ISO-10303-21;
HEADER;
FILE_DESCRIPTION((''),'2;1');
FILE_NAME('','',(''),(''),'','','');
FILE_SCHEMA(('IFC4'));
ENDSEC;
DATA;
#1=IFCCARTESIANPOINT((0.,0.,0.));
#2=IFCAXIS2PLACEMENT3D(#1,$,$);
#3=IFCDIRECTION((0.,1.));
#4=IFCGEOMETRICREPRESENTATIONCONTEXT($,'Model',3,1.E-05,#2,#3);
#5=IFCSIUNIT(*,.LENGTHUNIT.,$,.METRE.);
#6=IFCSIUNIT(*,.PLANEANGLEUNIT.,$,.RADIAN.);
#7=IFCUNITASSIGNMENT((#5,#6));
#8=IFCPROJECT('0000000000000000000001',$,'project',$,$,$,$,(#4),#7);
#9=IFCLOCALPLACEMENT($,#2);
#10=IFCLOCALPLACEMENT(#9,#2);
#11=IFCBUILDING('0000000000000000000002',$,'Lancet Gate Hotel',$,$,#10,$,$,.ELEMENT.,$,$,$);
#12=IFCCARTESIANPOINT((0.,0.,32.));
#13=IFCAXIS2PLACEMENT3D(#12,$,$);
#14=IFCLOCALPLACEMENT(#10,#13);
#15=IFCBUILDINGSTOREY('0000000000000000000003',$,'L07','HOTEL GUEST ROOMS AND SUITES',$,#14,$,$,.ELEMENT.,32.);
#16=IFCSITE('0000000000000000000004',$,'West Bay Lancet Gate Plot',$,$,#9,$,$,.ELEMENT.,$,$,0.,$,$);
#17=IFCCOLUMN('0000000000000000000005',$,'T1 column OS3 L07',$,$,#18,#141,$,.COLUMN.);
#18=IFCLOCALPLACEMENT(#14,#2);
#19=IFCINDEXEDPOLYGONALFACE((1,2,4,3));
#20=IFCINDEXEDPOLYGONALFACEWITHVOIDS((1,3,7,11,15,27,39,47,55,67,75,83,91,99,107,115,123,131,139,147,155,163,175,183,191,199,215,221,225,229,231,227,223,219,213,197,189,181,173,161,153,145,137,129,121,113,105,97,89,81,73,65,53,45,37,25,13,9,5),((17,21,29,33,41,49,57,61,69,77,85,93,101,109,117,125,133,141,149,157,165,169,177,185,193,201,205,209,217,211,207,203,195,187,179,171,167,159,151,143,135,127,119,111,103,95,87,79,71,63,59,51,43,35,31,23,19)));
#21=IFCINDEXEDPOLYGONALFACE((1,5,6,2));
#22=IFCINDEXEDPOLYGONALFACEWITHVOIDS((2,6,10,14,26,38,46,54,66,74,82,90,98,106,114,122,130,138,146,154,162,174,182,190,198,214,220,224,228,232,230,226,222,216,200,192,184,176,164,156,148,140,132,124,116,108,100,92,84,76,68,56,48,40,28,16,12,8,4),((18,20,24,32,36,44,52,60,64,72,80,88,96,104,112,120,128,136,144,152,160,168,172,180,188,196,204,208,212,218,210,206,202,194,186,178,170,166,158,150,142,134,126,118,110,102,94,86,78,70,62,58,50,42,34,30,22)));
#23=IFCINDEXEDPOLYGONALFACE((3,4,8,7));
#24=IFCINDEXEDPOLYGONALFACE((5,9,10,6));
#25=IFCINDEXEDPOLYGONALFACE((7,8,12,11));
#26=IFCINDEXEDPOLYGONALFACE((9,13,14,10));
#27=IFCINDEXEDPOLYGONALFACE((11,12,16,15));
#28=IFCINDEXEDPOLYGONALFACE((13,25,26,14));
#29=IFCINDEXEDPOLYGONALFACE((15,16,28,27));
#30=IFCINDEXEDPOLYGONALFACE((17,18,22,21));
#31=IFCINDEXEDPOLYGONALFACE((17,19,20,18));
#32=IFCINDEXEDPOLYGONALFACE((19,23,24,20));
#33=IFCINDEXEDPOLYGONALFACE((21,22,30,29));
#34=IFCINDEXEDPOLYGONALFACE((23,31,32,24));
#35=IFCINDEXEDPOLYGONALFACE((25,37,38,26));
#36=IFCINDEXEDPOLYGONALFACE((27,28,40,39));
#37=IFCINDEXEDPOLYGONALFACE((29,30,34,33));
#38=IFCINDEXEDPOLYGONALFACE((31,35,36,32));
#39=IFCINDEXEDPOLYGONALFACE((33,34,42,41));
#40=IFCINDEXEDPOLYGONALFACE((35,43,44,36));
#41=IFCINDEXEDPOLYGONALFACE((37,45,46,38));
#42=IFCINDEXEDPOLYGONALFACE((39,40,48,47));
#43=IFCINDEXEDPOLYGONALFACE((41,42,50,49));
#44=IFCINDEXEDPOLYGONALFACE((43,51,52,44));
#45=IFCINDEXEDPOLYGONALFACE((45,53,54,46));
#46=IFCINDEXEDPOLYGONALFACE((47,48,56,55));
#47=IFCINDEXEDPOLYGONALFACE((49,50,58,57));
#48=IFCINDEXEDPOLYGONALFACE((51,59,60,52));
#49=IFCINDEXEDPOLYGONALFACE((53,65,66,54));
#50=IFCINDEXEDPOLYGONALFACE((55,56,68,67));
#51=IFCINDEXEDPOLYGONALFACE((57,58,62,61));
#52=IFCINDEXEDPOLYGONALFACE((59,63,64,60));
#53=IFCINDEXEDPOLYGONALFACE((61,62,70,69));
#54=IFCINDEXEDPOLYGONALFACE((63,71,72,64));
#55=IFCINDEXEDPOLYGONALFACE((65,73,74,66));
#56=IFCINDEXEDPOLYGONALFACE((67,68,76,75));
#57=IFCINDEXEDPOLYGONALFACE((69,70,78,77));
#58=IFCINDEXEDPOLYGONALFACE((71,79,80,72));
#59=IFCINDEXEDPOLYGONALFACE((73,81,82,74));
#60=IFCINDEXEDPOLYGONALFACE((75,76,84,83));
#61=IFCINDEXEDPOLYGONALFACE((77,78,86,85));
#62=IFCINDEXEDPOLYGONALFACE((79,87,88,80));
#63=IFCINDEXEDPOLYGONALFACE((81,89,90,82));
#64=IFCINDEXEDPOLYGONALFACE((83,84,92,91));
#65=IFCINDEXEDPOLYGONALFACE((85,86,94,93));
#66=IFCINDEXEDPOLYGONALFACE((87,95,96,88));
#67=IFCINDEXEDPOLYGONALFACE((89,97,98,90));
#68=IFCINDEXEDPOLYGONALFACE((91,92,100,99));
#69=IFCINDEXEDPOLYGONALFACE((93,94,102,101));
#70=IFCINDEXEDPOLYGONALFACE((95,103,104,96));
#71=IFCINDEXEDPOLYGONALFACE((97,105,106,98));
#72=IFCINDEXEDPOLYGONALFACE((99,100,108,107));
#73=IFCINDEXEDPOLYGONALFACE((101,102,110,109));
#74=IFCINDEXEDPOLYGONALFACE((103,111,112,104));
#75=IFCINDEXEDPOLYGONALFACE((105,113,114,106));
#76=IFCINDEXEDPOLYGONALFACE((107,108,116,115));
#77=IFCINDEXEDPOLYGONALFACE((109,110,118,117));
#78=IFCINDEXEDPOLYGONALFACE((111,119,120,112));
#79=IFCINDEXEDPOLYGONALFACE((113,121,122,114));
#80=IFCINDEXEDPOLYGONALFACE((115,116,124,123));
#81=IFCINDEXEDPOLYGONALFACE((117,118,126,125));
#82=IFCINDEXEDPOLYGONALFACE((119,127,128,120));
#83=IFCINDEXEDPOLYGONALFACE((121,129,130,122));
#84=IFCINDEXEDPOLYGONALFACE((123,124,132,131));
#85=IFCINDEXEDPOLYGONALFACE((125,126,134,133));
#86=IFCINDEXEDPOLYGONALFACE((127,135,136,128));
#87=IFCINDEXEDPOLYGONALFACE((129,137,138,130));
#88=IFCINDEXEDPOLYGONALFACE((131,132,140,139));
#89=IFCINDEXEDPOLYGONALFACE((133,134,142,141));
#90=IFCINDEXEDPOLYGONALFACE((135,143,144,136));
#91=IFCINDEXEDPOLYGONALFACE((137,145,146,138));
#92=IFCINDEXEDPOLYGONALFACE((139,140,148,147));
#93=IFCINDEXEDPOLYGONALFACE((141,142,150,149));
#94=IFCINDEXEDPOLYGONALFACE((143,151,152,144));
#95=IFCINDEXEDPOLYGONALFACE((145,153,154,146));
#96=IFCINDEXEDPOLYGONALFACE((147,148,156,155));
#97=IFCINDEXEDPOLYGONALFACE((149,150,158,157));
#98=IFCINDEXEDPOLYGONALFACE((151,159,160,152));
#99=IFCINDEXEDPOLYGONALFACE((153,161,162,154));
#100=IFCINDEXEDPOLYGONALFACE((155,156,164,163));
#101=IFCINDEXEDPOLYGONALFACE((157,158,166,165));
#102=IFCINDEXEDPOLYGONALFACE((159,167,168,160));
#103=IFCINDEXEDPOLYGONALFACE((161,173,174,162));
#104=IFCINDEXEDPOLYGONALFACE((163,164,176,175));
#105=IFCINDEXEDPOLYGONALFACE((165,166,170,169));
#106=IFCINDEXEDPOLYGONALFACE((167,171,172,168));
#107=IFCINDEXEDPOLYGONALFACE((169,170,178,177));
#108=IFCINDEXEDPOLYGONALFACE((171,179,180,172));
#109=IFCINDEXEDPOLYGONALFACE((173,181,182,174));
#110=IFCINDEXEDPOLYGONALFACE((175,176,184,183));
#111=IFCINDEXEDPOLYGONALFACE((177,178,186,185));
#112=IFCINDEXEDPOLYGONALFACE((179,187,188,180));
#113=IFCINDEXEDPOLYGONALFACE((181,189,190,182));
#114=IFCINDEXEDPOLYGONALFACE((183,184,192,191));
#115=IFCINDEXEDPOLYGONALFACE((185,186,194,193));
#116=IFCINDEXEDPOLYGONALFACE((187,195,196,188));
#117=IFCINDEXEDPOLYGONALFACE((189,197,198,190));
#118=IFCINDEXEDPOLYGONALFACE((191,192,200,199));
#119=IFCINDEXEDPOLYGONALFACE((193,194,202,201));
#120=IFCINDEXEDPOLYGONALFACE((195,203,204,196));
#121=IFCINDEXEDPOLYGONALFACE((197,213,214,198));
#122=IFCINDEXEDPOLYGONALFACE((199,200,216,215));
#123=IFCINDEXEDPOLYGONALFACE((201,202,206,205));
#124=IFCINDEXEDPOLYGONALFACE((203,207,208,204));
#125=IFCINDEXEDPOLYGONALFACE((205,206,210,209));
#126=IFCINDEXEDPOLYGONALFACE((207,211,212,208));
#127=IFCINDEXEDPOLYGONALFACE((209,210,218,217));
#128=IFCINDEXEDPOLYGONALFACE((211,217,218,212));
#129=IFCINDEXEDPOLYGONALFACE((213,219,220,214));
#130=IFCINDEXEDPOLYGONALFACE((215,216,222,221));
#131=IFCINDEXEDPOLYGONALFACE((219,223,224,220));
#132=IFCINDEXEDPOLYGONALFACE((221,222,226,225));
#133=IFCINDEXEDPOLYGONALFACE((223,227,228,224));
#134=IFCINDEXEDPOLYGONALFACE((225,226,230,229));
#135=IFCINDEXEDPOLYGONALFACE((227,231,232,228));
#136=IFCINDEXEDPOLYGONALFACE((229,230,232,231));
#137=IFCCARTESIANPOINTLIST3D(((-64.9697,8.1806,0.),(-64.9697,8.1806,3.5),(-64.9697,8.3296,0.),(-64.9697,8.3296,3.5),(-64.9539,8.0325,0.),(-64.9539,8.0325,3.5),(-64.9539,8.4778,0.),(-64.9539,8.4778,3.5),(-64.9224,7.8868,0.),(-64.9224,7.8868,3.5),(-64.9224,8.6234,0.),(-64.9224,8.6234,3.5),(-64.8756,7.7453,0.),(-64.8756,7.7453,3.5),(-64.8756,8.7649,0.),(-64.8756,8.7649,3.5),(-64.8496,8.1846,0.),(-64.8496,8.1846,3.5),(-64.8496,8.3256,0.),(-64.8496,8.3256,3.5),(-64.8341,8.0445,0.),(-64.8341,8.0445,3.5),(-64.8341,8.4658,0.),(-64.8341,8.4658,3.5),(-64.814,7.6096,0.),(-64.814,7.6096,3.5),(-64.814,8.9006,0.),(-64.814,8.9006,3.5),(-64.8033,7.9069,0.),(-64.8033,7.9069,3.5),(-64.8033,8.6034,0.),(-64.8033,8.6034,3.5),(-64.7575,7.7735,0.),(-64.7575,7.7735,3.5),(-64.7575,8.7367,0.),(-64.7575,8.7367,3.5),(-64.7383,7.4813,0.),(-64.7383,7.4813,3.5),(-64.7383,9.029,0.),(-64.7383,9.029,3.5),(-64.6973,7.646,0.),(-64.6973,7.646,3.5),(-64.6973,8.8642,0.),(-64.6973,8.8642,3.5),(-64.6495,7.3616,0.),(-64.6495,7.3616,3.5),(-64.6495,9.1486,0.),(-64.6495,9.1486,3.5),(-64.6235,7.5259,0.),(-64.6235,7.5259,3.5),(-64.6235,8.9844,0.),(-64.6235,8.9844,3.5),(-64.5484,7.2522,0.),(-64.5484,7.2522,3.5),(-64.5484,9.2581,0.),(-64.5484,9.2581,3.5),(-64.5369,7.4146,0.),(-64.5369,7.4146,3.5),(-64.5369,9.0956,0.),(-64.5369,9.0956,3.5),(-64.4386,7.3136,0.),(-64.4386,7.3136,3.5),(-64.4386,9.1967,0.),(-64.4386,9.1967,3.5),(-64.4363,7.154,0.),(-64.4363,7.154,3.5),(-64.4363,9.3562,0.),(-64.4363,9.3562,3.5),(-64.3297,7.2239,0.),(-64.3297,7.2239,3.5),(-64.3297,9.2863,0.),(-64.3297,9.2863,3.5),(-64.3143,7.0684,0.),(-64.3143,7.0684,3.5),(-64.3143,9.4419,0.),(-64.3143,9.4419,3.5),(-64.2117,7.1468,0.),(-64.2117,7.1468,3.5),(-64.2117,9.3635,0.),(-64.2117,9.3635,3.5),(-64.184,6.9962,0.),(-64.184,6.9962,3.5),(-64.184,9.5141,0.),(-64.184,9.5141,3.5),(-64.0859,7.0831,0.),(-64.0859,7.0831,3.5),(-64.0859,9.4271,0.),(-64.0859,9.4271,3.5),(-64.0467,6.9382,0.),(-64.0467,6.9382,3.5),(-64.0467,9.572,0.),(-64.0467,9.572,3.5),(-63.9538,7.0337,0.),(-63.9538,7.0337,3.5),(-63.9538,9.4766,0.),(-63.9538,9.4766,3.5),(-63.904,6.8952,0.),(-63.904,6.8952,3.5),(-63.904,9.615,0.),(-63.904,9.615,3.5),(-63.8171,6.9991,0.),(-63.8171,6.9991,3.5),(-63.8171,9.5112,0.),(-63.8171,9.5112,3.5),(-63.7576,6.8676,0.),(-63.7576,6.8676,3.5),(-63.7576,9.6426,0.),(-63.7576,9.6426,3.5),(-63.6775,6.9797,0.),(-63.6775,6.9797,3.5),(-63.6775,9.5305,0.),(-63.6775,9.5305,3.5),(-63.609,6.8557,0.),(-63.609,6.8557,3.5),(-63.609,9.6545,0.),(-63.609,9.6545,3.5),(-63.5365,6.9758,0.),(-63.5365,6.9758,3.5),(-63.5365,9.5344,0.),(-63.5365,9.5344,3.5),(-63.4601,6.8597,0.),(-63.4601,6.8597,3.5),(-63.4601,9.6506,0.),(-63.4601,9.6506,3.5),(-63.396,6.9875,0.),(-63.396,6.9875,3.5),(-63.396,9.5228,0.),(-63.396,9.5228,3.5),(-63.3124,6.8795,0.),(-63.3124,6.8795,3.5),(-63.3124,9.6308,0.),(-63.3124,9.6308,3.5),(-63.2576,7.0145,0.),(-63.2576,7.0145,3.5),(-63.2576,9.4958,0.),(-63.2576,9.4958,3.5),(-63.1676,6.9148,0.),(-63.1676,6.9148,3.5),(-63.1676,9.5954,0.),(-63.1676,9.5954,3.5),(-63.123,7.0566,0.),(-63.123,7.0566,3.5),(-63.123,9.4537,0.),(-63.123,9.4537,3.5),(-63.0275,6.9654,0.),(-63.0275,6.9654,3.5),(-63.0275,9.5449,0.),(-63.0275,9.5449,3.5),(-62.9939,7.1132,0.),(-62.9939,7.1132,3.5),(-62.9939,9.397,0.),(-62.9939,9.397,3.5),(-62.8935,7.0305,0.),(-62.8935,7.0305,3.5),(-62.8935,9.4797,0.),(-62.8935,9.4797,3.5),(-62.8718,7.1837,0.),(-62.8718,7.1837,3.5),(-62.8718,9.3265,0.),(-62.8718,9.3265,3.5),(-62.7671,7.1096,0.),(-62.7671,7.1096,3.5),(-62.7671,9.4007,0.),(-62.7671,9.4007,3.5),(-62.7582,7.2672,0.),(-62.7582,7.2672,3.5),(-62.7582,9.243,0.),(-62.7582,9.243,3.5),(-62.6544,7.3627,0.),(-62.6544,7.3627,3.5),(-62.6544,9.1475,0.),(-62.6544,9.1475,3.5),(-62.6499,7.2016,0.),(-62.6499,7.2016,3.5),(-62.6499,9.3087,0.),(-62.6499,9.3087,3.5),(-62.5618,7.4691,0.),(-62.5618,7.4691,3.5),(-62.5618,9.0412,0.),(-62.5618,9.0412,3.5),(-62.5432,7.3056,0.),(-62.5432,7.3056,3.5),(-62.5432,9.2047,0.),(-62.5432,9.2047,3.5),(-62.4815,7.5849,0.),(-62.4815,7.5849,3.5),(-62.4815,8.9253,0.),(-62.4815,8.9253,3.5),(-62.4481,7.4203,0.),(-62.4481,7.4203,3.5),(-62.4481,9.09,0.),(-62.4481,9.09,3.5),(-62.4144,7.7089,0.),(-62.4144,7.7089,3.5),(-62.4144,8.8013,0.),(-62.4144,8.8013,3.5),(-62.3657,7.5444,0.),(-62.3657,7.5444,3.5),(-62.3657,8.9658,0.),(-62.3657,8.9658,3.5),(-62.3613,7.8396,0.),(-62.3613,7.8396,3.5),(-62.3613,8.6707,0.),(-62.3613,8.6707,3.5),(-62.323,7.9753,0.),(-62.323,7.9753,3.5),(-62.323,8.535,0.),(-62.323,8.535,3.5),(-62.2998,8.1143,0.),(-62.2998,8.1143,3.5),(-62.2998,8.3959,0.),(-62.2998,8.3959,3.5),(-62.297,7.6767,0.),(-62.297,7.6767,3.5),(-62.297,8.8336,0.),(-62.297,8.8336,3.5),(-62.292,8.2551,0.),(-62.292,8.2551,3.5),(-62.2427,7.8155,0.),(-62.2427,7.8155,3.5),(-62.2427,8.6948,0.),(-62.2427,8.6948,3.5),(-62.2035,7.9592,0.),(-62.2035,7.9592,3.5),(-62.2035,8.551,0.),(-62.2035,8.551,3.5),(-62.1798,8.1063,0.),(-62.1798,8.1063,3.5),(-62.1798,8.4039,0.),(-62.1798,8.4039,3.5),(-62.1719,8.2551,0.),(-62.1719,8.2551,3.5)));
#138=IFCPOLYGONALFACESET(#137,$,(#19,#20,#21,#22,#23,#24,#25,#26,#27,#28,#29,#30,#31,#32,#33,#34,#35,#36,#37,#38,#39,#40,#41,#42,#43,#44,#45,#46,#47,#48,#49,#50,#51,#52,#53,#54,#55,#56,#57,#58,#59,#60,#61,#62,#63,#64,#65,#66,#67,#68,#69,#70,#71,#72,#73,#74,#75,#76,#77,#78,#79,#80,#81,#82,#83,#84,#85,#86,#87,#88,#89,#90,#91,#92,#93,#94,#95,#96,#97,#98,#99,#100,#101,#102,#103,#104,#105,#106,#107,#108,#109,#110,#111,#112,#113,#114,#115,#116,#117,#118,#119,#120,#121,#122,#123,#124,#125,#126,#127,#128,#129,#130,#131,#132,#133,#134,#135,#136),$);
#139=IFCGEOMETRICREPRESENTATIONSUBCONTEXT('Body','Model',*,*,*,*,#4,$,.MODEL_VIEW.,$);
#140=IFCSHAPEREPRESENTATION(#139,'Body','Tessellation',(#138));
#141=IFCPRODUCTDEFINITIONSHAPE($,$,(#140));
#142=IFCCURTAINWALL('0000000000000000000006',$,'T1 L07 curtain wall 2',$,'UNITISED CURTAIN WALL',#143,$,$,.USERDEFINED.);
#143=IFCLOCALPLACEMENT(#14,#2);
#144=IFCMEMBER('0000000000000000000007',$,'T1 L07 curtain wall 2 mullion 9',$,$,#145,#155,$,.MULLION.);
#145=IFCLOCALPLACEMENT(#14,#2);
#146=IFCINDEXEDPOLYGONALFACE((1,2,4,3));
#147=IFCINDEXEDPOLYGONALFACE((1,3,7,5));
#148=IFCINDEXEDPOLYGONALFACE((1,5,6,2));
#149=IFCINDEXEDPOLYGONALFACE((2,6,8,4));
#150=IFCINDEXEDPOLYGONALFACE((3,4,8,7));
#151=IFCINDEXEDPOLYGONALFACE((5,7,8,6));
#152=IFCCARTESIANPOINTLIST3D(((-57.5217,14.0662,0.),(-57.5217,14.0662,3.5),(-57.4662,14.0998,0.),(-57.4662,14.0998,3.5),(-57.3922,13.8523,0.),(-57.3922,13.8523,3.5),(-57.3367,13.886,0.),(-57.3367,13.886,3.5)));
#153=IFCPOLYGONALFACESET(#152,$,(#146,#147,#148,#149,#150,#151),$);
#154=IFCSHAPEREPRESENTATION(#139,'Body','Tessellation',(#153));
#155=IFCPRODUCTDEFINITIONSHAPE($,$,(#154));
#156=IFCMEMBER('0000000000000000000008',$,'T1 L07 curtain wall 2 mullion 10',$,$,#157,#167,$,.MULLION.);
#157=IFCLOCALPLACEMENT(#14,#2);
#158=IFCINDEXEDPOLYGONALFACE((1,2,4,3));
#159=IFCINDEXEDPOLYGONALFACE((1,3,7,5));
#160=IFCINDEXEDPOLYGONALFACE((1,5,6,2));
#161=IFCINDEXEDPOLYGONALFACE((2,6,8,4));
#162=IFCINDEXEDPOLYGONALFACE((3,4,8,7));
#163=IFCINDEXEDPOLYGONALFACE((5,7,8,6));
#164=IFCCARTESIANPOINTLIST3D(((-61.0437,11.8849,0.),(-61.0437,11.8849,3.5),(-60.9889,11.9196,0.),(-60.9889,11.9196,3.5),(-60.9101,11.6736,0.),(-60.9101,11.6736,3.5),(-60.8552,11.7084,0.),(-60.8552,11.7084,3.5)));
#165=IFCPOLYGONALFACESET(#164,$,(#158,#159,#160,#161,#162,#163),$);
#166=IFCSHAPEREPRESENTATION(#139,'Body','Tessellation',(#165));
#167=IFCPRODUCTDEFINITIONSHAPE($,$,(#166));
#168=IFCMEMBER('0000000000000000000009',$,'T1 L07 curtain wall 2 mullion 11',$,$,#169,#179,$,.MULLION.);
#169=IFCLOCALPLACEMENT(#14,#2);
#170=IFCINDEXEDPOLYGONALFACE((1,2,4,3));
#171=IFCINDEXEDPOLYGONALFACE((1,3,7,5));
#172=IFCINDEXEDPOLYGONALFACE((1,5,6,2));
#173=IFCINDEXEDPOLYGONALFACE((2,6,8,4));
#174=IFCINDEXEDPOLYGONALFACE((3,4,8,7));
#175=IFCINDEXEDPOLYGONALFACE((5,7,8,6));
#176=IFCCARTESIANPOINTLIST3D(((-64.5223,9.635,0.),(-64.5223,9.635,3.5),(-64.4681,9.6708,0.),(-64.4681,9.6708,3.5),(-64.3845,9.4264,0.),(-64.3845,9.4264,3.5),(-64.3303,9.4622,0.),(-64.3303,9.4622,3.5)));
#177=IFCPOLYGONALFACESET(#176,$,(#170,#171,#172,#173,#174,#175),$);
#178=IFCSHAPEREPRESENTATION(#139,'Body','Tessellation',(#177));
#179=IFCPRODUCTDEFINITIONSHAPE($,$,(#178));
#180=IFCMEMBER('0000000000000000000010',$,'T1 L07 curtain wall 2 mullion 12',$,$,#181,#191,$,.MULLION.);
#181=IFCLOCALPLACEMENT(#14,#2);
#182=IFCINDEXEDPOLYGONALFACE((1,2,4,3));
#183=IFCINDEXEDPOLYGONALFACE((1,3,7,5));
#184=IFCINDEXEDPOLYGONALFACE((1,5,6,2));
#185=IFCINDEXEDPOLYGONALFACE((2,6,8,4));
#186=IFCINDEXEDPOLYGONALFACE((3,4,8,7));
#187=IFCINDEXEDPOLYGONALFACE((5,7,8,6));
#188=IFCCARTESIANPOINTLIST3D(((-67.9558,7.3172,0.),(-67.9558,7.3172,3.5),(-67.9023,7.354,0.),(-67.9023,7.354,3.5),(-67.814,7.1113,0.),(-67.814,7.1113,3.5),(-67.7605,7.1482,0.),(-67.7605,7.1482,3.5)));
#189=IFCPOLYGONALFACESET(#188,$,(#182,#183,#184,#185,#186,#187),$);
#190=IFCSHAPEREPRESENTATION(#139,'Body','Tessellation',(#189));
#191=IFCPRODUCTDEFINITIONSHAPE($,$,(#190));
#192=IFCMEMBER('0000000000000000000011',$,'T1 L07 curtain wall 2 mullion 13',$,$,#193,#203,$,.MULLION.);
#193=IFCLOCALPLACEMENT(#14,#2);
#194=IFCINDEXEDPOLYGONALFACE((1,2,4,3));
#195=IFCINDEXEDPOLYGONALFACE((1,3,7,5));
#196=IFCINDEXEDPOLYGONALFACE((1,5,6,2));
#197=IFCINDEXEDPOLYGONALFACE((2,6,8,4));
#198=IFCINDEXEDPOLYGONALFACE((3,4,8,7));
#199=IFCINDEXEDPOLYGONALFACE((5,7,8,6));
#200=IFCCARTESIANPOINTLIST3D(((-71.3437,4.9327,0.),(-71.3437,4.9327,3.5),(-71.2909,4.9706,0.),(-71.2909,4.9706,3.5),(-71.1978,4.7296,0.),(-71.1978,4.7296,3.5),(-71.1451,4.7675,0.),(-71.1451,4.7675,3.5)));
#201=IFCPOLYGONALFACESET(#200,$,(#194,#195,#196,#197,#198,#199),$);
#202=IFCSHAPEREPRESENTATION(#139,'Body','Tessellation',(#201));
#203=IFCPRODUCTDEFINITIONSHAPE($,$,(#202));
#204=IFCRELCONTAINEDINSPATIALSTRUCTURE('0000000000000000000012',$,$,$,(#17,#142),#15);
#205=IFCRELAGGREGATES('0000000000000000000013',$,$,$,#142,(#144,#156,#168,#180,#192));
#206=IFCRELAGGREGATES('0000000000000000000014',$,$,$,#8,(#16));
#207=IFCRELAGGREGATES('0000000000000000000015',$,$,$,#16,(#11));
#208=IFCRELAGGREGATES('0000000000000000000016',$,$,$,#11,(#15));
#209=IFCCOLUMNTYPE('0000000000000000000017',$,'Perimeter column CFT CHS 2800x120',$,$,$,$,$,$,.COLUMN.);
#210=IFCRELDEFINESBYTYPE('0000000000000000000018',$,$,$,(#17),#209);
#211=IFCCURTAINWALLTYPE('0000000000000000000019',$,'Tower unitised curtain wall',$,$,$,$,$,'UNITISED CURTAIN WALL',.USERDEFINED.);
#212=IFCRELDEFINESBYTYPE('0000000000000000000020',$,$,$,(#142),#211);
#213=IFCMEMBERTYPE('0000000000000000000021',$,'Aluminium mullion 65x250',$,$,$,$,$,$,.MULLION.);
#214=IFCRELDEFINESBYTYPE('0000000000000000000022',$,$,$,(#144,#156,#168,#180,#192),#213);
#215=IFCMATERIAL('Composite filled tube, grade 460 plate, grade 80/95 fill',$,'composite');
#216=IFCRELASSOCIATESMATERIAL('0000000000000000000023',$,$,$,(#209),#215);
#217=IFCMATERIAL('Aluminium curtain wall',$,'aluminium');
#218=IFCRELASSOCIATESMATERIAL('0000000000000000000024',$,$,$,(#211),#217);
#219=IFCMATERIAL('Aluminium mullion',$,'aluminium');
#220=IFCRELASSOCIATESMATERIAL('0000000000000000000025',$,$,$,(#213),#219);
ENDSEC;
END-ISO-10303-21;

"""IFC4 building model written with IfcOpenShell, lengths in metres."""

from ifc_helpers import new_model, si_unit, direction, frame, origin, origin_2d, place, context, subcontext, project, spatial, rectangle, hollow_circle, extrude, material, material_profile, profile_set, type_object, element, aggregate, save


model = new_model("IFC4")

# Units and contexts
model_context = context("Model", 3, precision=1e-05, world=origin(), true_north=direction((0.0, 1.0)))
body_context = subcontext(model_context, "Body", "Model", "MODEL_VIEW")
ifc_project = project(units=[si_unit("LENGTHUNIT", "METRE"), si_unit("PLANEANGLEUNIT", "RADIAN")], contexts=[model_context])

# Site, building, storey
site_placement = place(None, origin())
site = spatial("IfcSite", under=ifc_project, at=site_placement, Name="West Bay Lancet Gate Plot", CompositionType="ELEMENT", RefElevation=0.0)
building_placement = place(site_placement, origin())
building = spatial("IfcBuilding", under=site, at=building_placement, Name="Lancet Gate Hotel", CompositionType="ELEMENT")
storey_placement = place(building_placement, frame((0.0, 0.0, 32.0)))
storey = spatial("IfcBuildingStorey", under=building, at=storey_placement, Name="L07", Description="HOTEL GUEST ROOMS AND SUITES", CompositionType="ELEMENT", Elevation=32.0)

# Column
ifc_material_1 = material(Name="Composite filled tube, grade 460 plate, grade 80/95 fill", Category="composite")
ifc_material_profile_1 = material_profile(ifc_material_1, hollow_circle(Radius=1.3999, WallThickness=0.1201, at=origin_2d()), Name="CHS 2800x120")
ifc_profile_set_1 = profile_set([ifc_material_profile_1], Name="Composite filled tube, grade 460 plate, grade 80/95 fill")
column_type = type_object("IfcColumnType", Name="Perimeter column CFT CHS 2800x120", PredefinedType="COLUMN", material=ifc_profile_set_1)
column_placement = place(storey_placement, frame((-63.5718, 8.2551, 0.0), z_axis=(0.0, 0.0, 1.0), x_axis=(1.0, 0.0, 0.0)))
element("IfcColumn", 1, at=column_placement, inside=storey, type_object=column_type, Name="T1 column OS3 L07", PredefinedType="COLUMN", context=body_context, shape_type="SweptSolid", body=[
    extrude(hollow_circle(Radius=1.3999, WallThickness=0.1201, at=origin_2d()), origin(), (0.0, 0.0, 1.0), 3.5),
])

# Curtain wall, members
ifc_material_2 = material(Name="Aluminium curtain wall", Category="aluminium")
curtain_wall_type = type_object("IfcCurtainWallType", Name="Tower unitised curtain wall", ElementType="UNITISED CURTAIN WALL", PredefinedType="USERDEFINED", material=ifc_material_2)
curtain_wall_placement = place(storey_placement, origin())
curtain_wall = element("IfcCurtainWall", 2, at=curtain_wall_placement, inside=storey, type_object=curtain_wall_type, Name="T1 L07 curtain wall 2", ObjectType="UNITISED CURTAIN WALL", PredefinedType="USERDEFINED")
ifc_material_3 = material(Name="Aluminium mullion", Category="aluminium")
ifc_material_profile_2 = material_profile(ifc_material_3, rectangle(XDim=0.0649, YDim=0.25, at=origin_2d()), Name="MULLION 65x250")
ifc_profile_set_2 = profile_set([ifc_material_profile_2], Name="Aluminium mullion")
member_type_1 = type_object("IfcMemberType", Name="Aluminium mullion 65x250", PredefinedType="MULLION", material=ifc_profile_set_2)
member_1_placement = place(storey_placement, frame((-57.4292, 13.9761, 0.0), z_axis=(0.0, 0.0, 1.0), x_axis=(-0.855346, -0.518057, 0.0)))
member_1 = element("IfcMember", 3, at=member_1_placement, type_object=member_type_1, Name="T1 L07 curtain wall 2 mullion 9", PredefinedType="MULLION", context=body_context, shape_type="SweptSolid", body=[
    extrude(rectangle(XDim=0.0649, YDim=0.25, at=origin_2d()), origin(), (0.0, 0.0, 1.0), 3.5),
])
member_2_placement = place(storey_placement, frame((-60.9495, 11.7966, 0.0), z_axis=(0.0, 0.0, 1.0), x_axis=(-0.845029, -0.53472, 0.0)))
member_2 = element("IfcMember", 4, at=member_2_placement, type_object=member_type_1, Name="T1 L07 curtain wall 2 mullion 10", PredefinedType="MULLION", context=body_context, shape_type="SweptSolid", body=[
    extrude(rectangle(XDim=0.0649, YDim=0.25, at=origin_2d()), origin(), (0.0, 0.0, 1.0), 3.5),
])
member_3_placement = place(storey_placement, frame((-64.4263, 9.5486, 0.0), z_axis=(0.0, 0.0, 1.0), x_axis=(-0.834387, -0.551178, 0.0)))
member_3 = element("IfcMember", 5, at=member_3_placement, type_object=member_type_1, Name="T1 L07 curtain wall 2 mullion 11", PredefinedType="MULLION", context=body_context, shape_type="SweptSolid", body=[
    extrude(rectangle(XDim=0.0649, YDim=0.25, at=origin_2d()), origin(), (0.0, 0.0, 1.0), 3.5),
])
member_4_placement = place(storey_placement, frame((-67.8582, 7.2327, 0.0), z_axis=(0.0, 0.0, 1.0), x_axis=(-0.823425, -0.567425, 0.0)))
member_4 = element("IfcMember", 6, at=member_4_placement, type_object=member_type_1, Name="T1 L07 curtain wall 2 mullion 12", PredefinedType="MULLION", context=body_context, shape_type="SweptSolid", body=[
    extrude(rectangle(XDim=0.0649, YDim=0.25, at=origin_2d()), origin(), (0.0, 0.0, 1.0), 3.5),
])
member_5_placement = place(storey_placement, frame((-71.2444, 4.8501, 0.0), z_axis=(0.0, 0.0, 1.0), x_axis=(-0.812147, -0.583453, 0.0)))
member_5 = element("IfcMember", 7, at=member_5_placement, type_object=member_type_1, Name="T1 L07 curtain wall 2 mullion 13", PredefinedType="MULLION", context=body_context, shape_type="SweptSolid", body=[
    extrude(rectangle(XDim=0.0649, YDim=0.25, at=origin_2d()), origin(), (0.0, 0.0, 1.0), 3.5),
])

aggregate(curtain_wall, [member_1, member_2, member_3, member_4, member_5])

save(model, "model.ifc")
